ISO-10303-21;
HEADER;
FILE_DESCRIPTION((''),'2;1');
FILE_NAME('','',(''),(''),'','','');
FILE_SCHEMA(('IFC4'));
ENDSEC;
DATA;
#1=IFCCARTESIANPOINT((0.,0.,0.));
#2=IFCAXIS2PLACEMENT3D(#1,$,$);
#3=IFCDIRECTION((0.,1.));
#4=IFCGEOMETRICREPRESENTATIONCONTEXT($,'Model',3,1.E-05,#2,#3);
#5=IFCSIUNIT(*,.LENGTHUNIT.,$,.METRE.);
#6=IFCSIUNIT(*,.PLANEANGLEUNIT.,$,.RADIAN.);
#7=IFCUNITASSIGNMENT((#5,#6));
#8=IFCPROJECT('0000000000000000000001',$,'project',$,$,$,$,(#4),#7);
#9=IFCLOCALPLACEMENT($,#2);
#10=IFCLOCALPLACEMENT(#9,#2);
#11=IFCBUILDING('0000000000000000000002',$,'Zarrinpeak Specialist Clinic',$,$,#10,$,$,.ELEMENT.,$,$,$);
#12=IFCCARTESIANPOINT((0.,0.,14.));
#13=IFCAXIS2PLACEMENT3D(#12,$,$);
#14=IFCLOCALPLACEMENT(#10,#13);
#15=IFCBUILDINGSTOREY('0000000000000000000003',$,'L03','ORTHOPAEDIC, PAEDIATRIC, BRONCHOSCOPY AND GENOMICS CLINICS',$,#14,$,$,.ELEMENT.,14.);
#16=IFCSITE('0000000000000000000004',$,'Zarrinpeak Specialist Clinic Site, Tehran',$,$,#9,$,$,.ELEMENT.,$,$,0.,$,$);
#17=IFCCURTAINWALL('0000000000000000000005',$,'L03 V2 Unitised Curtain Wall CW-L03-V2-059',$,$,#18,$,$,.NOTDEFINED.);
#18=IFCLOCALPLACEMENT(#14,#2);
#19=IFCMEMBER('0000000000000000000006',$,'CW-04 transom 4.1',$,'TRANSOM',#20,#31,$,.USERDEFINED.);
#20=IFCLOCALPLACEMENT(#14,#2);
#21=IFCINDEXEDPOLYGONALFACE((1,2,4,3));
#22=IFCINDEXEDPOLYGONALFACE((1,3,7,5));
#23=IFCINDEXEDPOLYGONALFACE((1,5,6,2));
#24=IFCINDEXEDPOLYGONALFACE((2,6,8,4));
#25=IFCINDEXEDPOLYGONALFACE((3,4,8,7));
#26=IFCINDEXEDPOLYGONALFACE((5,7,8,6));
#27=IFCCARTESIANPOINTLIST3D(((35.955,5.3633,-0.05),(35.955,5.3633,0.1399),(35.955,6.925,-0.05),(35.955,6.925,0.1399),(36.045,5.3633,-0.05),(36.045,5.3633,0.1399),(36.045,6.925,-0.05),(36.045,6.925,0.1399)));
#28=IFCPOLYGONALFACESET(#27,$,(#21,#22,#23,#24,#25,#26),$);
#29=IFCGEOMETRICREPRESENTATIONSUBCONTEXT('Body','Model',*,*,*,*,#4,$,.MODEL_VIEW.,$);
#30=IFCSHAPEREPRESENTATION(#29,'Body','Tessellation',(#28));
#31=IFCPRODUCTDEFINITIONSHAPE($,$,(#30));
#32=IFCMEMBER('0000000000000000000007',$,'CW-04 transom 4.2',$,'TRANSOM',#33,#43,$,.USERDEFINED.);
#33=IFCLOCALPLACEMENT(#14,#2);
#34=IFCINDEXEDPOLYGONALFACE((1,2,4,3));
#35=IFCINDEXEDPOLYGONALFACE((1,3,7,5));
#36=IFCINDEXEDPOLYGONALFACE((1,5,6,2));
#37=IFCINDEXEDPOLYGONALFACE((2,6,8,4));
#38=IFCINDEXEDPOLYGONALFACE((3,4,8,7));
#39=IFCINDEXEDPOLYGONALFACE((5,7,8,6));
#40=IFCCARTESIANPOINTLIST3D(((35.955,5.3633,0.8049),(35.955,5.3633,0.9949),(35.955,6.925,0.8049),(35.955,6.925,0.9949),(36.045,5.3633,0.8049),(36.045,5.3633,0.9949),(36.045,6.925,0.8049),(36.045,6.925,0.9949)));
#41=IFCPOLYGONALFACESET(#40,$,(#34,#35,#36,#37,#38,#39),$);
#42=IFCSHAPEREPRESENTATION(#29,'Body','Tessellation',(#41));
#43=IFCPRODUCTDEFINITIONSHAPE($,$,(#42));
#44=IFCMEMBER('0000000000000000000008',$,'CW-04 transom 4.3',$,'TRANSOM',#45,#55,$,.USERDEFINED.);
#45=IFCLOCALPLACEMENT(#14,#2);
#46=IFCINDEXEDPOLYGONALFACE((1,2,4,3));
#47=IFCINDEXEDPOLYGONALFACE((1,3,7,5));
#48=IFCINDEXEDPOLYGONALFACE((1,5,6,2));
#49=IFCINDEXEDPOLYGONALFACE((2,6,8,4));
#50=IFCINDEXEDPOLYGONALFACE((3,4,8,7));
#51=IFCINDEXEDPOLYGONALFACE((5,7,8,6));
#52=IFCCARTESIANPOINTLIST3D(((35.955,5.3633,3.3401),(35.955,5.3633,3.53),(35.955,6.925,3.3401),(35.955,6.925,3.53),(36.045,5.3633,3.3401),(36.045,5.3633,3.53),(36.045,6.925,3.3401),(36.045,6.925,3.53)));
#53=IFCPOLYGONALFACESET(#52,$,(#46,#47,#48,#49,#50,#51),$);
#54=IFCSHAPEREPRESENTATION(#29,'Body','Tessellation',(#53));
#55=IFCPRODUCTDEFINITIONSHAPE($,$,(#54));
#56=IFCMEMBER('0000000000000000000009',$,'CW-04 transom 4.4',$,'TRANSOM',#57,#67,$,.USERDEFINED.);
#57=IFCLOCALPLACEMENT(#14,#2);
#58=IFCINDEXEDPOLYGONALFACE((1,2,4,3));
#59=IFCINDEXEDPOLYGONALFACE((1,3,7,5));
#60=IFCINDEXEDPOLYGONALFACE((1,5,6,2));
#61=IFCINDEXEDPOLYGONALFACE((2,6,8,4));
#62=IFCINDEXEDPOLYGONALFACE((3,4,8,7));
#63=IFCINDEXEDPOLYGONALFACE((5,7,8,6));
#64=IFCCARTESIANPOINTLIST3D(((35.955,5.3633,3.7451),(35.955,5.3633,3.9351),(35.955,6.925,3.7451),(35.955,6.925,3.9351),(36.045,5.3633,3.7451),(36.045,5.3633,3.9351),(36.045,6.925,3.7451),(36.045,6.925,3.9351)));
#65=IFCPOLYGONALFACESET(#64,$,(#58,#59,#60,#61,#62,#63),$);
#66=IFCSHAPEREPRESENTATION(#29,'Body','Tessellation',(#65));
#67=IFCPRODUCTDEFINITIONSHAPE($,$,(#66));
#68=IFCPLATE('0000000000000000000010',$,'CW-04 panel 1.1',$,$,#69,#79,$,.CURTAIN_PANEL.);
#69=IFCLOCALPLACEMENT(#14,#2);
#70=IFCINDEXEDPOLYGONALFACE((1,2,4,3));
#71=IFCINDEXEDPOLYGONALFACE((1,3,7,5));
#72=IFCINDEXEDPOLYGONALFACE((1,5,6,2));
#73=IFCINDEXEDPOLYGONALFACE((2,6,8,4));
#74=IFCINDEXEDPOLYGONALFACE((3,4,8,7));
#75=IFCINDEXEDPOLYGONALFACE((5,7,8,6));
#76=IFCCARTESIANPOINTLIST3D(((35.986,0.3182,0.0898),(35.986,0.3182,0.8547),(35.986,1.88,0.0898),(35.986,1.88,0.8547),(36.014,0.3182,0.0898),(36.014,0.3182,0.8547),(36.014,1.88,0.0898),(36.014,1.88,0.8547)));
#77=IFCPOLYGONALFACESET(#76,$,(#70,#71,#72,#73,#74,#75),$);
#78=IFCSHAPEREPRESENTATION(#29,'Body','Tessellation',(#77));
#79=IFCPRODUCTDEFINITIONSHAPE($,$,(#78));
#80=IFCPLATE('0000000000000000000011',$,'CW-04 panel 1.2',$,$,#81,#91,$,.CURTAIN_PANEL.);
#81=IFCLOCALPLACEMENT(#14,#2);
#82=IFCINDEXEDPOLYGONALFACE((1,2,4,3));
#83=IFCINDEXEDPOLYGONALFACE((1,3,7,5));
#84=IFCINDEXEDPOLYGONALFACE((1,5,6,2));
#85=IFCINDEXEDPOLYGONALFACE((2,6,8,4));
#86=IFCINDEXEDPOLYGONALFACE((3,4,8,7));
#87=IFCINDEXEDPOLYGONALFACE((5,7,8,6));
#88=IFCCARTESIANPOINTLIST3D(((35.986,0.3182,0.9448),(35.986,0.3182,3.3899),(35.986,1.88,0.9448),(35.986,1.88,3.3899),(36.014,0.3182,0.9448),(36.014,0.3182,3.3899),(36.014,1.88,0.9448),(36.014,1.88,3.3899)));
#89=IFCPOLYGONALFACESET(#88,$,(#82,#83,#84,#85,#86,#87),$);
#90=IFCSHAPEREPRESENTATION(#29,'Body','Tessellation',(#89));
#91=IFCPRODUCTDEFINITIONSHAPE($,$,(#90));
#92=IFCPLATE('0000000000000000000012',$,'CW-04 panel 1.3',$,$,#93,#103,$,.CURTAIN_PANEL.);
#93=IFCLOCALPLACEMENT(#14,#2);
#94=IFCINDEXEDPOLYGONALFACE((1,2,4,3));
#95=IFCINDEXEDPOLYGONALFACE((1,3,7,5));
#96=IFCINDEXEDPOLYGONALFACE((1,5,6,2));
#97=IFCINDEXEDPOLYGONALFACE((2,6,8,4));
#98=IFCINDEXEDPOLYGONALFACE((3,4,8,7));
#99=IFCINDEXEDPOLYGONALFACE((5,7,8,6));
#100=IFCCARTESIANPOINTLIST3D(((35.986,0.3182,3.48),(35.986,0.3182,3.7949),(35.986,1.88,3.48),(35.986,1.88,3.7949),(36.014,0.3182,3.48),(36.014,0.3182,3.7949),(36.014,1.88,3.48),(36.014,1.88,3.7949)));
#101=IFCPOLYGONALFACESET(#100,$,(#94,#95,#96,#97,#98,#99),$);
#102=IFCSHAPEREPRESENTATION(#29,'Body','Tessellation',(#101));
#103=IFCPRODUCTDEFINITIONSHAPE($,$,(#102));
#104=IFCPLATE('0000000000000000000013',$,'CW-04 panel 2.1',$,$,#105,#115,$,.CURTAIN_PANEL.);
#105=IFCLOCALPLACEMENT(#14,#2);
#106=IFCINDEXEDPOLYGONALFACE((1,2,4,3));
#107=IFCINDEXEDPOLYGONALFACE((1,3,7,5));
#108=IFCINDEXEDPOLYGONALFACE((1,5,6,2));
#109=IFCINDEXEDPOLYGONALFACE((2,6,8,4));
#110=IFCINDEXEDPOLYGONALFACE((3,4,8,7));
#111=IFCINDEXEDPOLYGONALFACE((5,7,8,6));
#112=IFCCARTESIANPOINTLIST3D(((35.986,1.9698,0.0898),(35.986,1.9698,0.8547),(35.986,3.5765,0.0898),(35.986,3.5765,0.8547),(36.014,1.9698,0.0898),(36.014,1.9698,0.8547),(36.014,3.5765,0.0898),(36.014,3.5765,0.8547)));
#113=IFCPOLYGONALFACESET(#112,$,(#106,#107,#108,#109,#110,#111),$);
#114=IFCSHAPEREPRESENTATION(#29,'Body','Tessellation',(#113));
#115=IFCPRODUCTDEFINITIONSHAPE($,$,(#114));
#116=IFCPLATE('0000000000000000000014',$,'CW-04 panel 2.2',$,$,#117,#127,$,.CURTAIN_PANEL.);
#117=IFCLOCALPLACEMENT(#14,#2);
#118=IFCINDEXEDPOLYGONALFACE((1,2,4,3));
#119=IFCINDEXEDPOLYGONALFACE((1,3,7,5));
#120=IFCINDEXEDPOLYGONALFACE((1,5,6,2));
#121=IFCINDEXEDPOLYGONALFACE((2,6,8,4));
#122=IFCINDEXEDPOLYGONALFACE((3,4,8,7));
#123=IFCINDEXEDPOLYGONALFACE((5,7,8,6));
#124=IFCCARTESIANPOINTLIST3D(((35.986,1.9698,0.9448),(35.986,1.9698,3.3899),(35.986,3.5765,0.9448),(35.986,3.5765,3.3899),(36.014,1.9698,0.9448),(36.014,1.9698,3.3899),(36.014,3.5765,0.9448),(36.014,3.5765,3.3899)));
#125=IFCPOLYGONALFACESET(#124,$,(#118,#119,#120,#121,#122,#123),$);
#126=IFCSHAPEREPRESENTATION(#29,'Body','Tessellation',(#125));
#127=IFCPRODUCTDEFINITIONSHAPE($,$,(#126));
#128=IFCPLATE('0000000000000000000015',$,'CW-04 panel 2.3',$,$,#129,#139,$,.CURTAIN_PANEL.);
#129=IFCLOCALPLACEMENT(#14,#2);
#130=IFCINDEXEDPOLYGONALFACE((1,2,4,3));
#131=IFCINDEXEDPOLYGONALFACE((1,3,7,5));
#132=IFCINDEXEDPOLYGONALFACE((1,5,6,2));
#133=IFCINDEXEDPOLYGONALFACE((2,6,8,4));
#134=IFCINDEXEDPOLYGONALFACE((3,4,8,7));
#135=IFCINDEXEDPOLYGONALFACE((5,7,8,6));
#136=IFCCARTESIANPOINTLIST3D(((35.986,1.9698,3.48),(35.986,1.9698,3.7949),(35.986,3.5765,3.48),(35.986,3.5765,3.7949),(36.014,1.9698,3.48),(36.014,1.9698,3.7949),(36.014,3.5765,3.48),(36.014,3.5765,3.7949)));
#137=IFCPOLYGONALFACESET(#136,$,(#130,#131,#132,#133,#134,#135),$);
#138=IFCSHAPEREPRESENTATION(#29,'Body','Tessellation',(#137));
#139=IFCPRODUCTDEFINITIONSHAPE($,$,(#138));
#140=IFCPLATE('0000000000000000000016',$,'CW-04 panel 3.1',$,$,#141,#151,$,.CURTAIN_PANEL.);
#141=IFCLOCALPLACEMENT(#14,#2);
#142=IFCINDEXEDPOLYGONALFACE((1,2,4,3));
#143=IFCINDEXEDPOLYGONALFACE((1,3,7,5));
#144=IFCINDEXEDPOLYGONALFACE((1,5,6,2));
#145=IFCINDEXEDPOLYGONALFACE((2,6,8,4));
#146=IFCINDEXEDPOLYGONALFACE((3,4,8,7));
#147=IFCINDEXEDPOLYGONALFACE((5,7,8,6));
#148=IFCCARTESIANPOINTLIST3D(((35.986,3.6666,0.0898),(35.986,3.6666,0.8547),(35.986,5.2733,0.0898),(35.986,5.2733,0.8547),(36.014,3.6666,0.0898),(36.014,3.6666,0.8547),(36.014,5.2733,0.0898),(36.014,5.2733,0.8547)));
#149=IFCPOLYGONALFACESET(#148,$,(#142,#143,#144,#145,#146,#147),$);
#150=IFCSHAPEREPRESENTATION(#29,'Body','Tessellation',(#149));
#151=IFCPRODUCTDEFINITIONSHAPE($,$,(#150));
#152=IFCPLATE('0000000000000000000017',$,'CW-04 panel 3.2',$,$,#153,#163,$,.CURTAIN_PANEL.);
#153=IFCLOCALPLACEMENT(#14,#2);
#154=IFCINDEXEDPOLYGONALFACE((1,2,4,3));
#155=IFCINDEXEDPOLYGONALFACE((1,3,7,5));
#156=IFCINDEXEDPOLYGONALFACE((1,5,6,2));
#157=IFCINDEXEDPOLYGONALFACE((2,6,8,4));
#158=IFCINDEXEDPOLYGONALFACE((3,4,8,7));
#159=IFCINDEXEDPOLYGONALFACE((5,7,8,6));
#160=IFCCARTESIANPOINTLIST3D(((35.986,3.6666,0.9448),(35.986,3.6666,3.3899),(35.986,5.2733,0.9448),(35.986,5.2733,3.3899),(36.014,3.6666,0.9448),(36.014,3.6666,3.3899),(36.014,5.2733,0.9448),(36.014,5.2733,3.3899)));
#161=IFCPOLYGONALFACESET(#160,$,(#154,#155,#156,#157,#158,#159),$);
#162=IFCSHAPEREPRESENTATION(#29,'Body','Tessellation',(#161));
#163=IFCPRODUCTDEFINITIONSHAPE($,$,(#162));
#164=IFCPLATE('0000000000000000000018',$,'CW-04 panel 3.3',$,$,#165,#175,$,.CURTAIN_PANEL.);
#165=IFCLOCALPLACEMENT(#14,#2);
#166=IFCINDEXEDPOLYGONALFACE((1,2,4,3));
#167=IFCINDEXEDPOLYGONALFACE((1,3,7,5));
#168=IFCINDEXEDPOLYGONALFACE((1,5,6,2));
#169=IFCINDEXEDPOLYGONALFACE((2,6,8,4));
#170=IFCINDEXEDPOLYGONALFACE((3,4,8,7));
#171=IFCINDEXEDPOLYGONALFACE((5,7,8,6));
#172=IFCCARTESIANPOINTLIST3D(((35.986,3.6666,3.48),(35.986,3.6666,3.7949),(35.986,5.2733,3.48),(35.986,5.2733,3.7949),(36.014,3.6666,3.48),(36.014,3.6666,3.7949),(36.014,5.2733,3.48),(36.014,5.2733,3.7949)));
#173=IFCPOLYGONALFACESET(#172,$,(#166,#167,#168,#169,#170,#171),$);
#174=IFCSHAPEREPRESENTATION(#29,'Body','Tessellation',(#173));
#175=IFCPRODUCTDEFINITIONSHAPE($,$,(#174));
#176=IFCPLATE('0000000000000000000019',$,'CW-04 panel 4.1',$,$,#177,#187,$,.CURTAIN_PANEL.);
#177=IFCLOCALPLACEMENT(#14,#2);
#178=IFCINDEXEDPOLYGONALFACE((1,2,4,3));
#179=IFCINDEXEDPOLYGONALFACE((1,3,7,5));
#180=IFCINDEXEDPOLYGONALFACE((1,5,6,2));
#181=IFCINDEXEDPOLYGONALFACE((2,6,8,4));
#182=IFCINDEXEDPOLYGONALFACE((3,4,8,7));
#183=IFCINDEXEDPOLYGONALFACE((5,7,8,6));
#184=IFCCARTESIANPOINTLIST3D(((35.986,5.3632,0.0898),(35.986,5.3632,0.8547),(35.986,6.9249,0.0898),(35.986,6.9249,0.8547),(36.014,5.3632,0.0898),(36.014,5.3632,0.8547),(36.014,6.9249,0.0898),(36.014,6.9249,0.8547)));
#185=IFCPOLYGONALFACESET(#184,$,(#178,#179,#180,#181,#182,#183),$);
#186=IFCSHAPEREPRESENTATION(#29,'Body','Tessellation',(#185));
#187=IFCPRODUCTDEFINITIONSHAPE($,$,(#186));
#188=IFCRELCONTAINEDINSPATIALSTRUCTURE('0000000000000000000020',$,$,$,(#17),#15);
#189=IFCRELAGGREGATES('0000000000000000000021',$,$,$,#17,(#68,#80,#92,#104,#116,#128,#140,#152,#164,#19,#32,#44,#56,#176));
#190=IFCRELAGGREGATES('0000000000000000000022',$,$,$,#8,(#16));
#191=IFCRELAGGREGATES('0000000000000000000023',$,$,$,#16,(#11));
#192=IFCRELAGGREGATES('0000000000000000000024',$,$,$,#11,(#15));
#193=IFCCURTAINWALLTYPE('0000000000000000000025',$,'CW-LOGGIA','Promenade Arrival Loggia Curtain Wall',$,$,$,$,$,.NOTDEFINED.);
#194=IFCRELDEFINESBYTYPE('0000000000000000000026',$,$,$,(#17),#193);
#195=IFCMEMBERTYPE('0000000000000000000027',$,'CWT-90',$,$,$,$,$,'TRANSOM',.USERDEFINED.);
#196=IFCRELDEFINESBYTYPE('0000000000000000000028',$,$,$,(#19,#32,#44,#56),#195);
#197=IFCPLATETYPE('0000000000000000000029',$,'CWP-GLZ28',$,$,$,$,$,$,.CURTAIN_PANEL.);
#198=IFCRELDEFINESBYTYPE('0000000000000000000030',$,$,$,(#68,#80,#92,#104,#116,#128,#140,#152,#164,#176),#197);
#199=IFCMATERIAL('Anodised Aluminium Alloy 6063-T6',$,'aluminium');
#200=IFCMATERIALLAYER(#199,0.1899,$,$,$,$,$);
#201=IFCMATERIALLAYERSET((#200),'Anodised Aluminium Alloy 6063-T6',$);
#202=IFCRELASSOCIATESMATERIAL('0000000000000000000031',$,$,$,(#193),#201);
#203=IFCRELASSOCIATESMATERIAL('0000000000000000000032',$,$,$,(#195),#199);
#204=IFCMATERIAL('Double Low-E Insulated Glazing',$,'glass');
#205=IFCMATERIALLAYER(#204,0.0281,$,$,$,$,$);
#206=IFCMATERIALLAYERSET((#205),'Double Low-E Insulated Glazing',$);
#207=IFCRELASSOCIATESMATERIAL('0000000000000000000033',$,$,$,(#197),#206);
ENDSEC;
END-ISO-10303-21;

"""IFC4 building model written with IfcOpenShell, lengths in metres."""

from ifc_helpers import new_model, si_unit, direction, frame, origin, origin_2d, place, context, subcontext, project, spatial, rectangle, extrude, material, layer, layer_set, material_profile, profile_set, type_object, element, aggregate, save


model = new_model("IFC4")

# Units and contexts
model_context = context("Model", 3, precision=1e-05, world=origin(), true_north=direction((0.0, 1.0)))
body_context = subcontext(model_context, "Body", "Model", "MODEL_VIEW")
ifc_project = project(units=[si_unit("LENGTHUNIT", "METRE"), si_unit("PLANEANGLEUNIT", "RADIAN")], contexts=[model_context])

# Site, building, storey
site_placement = place(None, origin())
site = spatial("IfcSite", under=ifc_project, at=site_placement, Name="Zarrinpeak Specialist Clinic Site, Tehran", CompositionType="ELEMENT", RefElevation=0.0)
building_placement = place(site_placement, origin())
building = spatial("IfcBuilding", under=site, at=building_placement, Name="Zarrinpeak Specialist Clinic", CompositionType="ELEMENT")
storey_placement = place(building_placement, frame((0.0, 0.0, 14.0)))
storey = spatial("IfcBuildingStorey", under=building, at=storey_placement, Name="L03", Description="ORTHOPAEDIC, PAEDIATRIC, BRONCHOSCOPY AND GENOMICS CLINICS", CompositionType="ELEMENT", Elevation=14.0)

# Curtain wall, members, plates
ifc_material_1 = material(Name="Anodised Aluminium Alloy 6063-T6", Category="aluminium")
ifc_layer_1 = layer(ifc_material_1, 0.1899)
ifc_layer_set_1 = layer_set([ifc_layer_1], Name="Anodised Aluminium Alloy 6063-T6")
curtain_wall_type = type_object("IfcCurtainWallType", Name="CW-LOGGIA", Description="Promenade Arrival Loggia Curtain Wall", PredefinedType="NOTDEFINED", material=ifc_layer_set_1)
curtain_wall_placement = place(storey_placement, origin())
curtain_wall = element("IfcCurtainWall", 1, at=curtain_wall_placement, inside=storey, type_object=curtain_wall_type, Name="L03 V2 Unitised Curtain Wall CW-L03-V2-059", PredefinedType="NOTDEFINED")
ifc_material_profile_1 = material_profile(ifc_material_1, rectangle(XDim=0.0901, YDim=0.1899, at=origin_2d()), Name="ALU 90x190")
ifc_profile_set_1 = profile_set([ifc_material_profile_1], Name="Anodised Aluminium Alloy 6063-T6")
member_type_1 = type_object("IfcMemberType", Name="CWT-90", ElementType="TRANSOM", PredefinedType="USERDEFINED", material=ifc_profile_set_1)
member_1_placement = place(storey_placement, frame((36.0, 5.3633, 0.0449), z_axis=(0.0, 1.0, 0.0), x_axis=(-1.0, 0.0, 0.0)))
member_1 = element("IfcMember", 2, at=member_1_placement, type_object=member_type_1, Name="CW-04 transom 4.1", ObjectType="TRANSOM", PredefinedType="USERDEFINED", context=body_context, shape_type="SweptSolid", body=[
    extrude(rectangle(XDim=0.0901, YDim=0.1899, at=origin_2d()), origin(), (0.0, 0.0, 1.0), 1.5618),
])
member_2_placement = place(storey_placement, frame((36.0, 5.3633, 0.8999), z_axis=(0.0, 1.0, 0.0), x_axis=(-1.0, 0.0, 0.0)))
member_2 = element("IfcMember", 3, at=member_2_placement, type_object=member_type_1, Name="CW-04 transom 4.2", ObjectType="TRANSOM", PredefinedType="USERDEFINED", context=body_context, shape_type="SweptSolid", body=[
    extrude(rectangle(XDim=0.0901, YDim=0.1899, at=origin_2d()), origin(), (0.0, 0.0, 1.0), 1.5618),
])
member_3_placement = place(storey_placement, frame((36.0, 5.3633, 3.4351), z_axis=(0.0, 1.0, 0.0), x_axis=(-1.0, 0.0, 0.0)))
member_3 = element("IfcMember", 4, at=member_3_placement, type_object=member_type_1, Name="CW-04 transom 4.3", ObjectType="TRANSOM", PredefinedType="USERDEFINED", context=body_context, shape_type="SweptSolid", body=[
    extrude(rectangle(XDim=0.0901, YDim=0.1899, at=origin_2d()), origin(), (0.0, 0.0, 1.0), 1.5618),
])
member_4_placement = place(storey_placement, frame((36.0, 5.3633, 3.8401), z_axis=(0.0, 1.0, 0.0), x_axis=(-1.0, 0.0, 0.0)))
member_4 = element("IfcMember", 5, at=member_4_placement, type_object=member_type_1, Name="CW-04 transom 4.4", ObjectType="TRANSOM", PredefinedType="USERDEFINED", context=body_context, shape_type="SweptSolid", body=[
    extrude(rectangle(XDim=0.0901, YDim=0.1899, at=origin_2d()), origin(), (0.0, 0.0, 1.0), 1.5618),
])
ifc_material_2 = material(Name="Double Low-E Insulated Glazing", Category="glass")
ifc_layer_2 = layer(ifc_material_2, 0.0281)
ifc_layer_set_2 = layer_set([ifc_layer_2], Name="Double Low-E Insulated Glazing")
plate_type = type_object("IfcPlateType", Name="CWP-GLZ28", PredefinedType="CURTAIN_PANEL", material=ifc_layer_set_2)
plate_1_placement = place(storey_placement, frame((36.0, 1.0991, 0.0898), z_axis=(0.0, 0.0, 1.0), x_axis=(0.0, 1.0, 0.0)))
plate_1 = element("IfcPlate", 6, at=plate_1_placement, type_object=plate_type, Name="CW-04 panel 1.1", PredefinedType="CURTAIN_PANEL", context=body_context, shape_type="SweptSolid", body=[
    extrude(rectangle(XDim=1.5618, YDim=0.0281, at=origin_2d()), origin(), (0.0, 0.0, 1.0), 0.7649),
])
plate_2_placement = place(storey_placement, frame((36.0, 1.0991, 0.9448), z_axis=(0.0, 0.0, 1.0), x_axis=(0.0, 1.0, 0.0)))
plate_2 = element("IfcPlate", 7, at=plate_2_placement, type_object=plate_type, Name="CW-04 panel 1.2", PredefinedType="CURTAIN_PANEL", context=body_context, shape_type="SweptSolid", body=[
    extrude(rectangle(XDim=1.5618, YDim=0.0281, at=origin_2d()), origin(), (0.0, 0.0, 1.0), 2.4451),
])
plate_3_placement = place(storey_placement, frame((36.0, 1.0991, 3.48), z_axis=(0.0, 0.0, 1.0), x_axis=(0.0, 1.0, 0.0)))
plate_3 = element("IfcPlate", 8, at=plate_3_placement, type_object=plate_type, Name="CW-04 panel 1.3", PredefinedType="CURTAIN_PANEL", context=body_context, shape_type="SweptSolid", body=[
    extrude(rectangle(XDim=1.5618, YDim=0.0281, at=origin_2d()), origin(), (0.0, 0.0, 1.0), 0.3149),
])
plate_4_placement = place(storey_placement, frame((36.0, 2.7732, 0.0898), z_axis=(0.0, 0.0, 1.0), x_axis=(0.0, 1.0, 0.0)))
plate_4 = element("IfcPlate", 9, at=plate_4_placement, type_object=plate_type, Name="CW-04 panel 2.1", PredefinedType="CURTAIN_PANEL", context=body_context, shape_type="SweptSolid", body=[
    extrude(rectangle(XDim=1.6067, YDim=0.0281, at=origin_2d()), origin(), (0.0, 0.0, 1.0), 0.7649),
])
plate_5_placement = place(storey_placement, frame((36.0, 2.7732, 0.9448), z_axis=(0.0, 0.0, 1.0), x_axis=(0.0, 1.0, 0.0)))
plate_5 = element("IfcPlate", 10, at=plate_5_placement, type_object=plate_type, Name="CW-04 panel 2.2", PredefinedType="CURTAIN_PANEL", context=body_context, shape_type="SweptSolid", body=[
    extrude(rectangle(XDim=1.6067, YDim=0.0281, at=origin_2d()), origin(), (0.0, 0.0, 1.0), 2.4451),
])
plate_6_placement = place(storey_placement, frame((36.0, 2.7732, 3.48), z_axis=(0.0, 0.0, 1.0), x_axis=(0.0, 1.0, 0.0)))
plate_6 = element("IfcPlate", 11, at=plate_6_placement, type_object=plate_type, Name="CW-04 panel 2.3", PredefinedType="CURTAIN_PANEL", context=body_context, shape_type="SweptSolid", body=[
    extrude(rectangle(XDim=1.6067, YDim=0.0281, at=origin_2d()), origin(), (0.0, 0.0, 1.0), 0.3149),
])
plate_7_placement = place(storey_placement, frame((36.0, 4.47, 0.0898), z_axis=(0.0, 0.0, 1.0), x_axis=(0.0, 1.0, 0.0)))
plate_7 = element("IfcPlate", 12, at=plate_7_placement, type_object=plate_type, Name="CW-04 panel 3.1", PredefinedType="CURTAIN_PANEL", context=body_context, shape_type="SweptSolid", body=[
    extrude(rectangle(XDim=1.6067, YDim=0.0281, at=origin_2d()), origin(), (0.0, 0.0, 1.0), 0.7649),
])
plate_8_placement = place(storey_placement, frame((36.0, 4.47, 0.9448), z_axis=(0.0, 0.0, 1.0), x_axis=(0.0, 1.0, 0.0)))
plate_8 = element("IfcPlate", 13, at=plate_8_placement, type_object=plate_type, Name="CW-04 panel 3.2", PredefinedType="CURTAIN_PANEL", context=body_context, shape_type="SweptSolid", body=[
    extrude(rectangle(XDim=1.6067, YDim=0.0281, at=origin_2d()), origin(), (0.0, 0.0, 1.0), 2.4451),
])
plate_9_placement = place(storey_placement, frame((36.0, 4.47, 3.48), z_axis=(0.0, 0.0, 1.0), x_axis=(0.0, 1.0, 0.0)))
plate_9 = element("IfcPlate", 14, at=plate_9_placement, type_object=plate_type, Name="CW-04 panel 3.3", PredefinedType="CURTAIN_PANEL", context=body_context, shape_type="SweptSolid", body=[
    extrude(rectangle(XDim=1.6067, YDim=0.0281, at=origin_2d()), origin(), (0.0, 0.0, 1.0), 0.3149),
])
plate_10_placement = place(storey_placement, frame((36.0, 6.144, 0.0898), z_axis=(0.0, 0.0, 1.0), x_axis=(0.0, 1.0, 0.0)))
plate_10 = element("IfcPlate", 15, at=plate_10_placement, type_object=plate_type, Name="CW-04 panel 4.1", PredefinedType="CURTAIN_PANEL", context=body_context, shape_type="SweptSolid", body=[
    extrude(rectangle(XDim=1.5618, YDim=0.0281, at=origin_2d()), origin(), (0.0, 0.0, 1.0), 0.7649),
])
aggregate(curtain_wall, [plate_1, plate_2, plate_3, plate_4, plate_5, plate_6, plate_7, plate_8, plate_9, member_1, member_2, member_3, member_4, plate_10])

save(model, "model.ifc")
